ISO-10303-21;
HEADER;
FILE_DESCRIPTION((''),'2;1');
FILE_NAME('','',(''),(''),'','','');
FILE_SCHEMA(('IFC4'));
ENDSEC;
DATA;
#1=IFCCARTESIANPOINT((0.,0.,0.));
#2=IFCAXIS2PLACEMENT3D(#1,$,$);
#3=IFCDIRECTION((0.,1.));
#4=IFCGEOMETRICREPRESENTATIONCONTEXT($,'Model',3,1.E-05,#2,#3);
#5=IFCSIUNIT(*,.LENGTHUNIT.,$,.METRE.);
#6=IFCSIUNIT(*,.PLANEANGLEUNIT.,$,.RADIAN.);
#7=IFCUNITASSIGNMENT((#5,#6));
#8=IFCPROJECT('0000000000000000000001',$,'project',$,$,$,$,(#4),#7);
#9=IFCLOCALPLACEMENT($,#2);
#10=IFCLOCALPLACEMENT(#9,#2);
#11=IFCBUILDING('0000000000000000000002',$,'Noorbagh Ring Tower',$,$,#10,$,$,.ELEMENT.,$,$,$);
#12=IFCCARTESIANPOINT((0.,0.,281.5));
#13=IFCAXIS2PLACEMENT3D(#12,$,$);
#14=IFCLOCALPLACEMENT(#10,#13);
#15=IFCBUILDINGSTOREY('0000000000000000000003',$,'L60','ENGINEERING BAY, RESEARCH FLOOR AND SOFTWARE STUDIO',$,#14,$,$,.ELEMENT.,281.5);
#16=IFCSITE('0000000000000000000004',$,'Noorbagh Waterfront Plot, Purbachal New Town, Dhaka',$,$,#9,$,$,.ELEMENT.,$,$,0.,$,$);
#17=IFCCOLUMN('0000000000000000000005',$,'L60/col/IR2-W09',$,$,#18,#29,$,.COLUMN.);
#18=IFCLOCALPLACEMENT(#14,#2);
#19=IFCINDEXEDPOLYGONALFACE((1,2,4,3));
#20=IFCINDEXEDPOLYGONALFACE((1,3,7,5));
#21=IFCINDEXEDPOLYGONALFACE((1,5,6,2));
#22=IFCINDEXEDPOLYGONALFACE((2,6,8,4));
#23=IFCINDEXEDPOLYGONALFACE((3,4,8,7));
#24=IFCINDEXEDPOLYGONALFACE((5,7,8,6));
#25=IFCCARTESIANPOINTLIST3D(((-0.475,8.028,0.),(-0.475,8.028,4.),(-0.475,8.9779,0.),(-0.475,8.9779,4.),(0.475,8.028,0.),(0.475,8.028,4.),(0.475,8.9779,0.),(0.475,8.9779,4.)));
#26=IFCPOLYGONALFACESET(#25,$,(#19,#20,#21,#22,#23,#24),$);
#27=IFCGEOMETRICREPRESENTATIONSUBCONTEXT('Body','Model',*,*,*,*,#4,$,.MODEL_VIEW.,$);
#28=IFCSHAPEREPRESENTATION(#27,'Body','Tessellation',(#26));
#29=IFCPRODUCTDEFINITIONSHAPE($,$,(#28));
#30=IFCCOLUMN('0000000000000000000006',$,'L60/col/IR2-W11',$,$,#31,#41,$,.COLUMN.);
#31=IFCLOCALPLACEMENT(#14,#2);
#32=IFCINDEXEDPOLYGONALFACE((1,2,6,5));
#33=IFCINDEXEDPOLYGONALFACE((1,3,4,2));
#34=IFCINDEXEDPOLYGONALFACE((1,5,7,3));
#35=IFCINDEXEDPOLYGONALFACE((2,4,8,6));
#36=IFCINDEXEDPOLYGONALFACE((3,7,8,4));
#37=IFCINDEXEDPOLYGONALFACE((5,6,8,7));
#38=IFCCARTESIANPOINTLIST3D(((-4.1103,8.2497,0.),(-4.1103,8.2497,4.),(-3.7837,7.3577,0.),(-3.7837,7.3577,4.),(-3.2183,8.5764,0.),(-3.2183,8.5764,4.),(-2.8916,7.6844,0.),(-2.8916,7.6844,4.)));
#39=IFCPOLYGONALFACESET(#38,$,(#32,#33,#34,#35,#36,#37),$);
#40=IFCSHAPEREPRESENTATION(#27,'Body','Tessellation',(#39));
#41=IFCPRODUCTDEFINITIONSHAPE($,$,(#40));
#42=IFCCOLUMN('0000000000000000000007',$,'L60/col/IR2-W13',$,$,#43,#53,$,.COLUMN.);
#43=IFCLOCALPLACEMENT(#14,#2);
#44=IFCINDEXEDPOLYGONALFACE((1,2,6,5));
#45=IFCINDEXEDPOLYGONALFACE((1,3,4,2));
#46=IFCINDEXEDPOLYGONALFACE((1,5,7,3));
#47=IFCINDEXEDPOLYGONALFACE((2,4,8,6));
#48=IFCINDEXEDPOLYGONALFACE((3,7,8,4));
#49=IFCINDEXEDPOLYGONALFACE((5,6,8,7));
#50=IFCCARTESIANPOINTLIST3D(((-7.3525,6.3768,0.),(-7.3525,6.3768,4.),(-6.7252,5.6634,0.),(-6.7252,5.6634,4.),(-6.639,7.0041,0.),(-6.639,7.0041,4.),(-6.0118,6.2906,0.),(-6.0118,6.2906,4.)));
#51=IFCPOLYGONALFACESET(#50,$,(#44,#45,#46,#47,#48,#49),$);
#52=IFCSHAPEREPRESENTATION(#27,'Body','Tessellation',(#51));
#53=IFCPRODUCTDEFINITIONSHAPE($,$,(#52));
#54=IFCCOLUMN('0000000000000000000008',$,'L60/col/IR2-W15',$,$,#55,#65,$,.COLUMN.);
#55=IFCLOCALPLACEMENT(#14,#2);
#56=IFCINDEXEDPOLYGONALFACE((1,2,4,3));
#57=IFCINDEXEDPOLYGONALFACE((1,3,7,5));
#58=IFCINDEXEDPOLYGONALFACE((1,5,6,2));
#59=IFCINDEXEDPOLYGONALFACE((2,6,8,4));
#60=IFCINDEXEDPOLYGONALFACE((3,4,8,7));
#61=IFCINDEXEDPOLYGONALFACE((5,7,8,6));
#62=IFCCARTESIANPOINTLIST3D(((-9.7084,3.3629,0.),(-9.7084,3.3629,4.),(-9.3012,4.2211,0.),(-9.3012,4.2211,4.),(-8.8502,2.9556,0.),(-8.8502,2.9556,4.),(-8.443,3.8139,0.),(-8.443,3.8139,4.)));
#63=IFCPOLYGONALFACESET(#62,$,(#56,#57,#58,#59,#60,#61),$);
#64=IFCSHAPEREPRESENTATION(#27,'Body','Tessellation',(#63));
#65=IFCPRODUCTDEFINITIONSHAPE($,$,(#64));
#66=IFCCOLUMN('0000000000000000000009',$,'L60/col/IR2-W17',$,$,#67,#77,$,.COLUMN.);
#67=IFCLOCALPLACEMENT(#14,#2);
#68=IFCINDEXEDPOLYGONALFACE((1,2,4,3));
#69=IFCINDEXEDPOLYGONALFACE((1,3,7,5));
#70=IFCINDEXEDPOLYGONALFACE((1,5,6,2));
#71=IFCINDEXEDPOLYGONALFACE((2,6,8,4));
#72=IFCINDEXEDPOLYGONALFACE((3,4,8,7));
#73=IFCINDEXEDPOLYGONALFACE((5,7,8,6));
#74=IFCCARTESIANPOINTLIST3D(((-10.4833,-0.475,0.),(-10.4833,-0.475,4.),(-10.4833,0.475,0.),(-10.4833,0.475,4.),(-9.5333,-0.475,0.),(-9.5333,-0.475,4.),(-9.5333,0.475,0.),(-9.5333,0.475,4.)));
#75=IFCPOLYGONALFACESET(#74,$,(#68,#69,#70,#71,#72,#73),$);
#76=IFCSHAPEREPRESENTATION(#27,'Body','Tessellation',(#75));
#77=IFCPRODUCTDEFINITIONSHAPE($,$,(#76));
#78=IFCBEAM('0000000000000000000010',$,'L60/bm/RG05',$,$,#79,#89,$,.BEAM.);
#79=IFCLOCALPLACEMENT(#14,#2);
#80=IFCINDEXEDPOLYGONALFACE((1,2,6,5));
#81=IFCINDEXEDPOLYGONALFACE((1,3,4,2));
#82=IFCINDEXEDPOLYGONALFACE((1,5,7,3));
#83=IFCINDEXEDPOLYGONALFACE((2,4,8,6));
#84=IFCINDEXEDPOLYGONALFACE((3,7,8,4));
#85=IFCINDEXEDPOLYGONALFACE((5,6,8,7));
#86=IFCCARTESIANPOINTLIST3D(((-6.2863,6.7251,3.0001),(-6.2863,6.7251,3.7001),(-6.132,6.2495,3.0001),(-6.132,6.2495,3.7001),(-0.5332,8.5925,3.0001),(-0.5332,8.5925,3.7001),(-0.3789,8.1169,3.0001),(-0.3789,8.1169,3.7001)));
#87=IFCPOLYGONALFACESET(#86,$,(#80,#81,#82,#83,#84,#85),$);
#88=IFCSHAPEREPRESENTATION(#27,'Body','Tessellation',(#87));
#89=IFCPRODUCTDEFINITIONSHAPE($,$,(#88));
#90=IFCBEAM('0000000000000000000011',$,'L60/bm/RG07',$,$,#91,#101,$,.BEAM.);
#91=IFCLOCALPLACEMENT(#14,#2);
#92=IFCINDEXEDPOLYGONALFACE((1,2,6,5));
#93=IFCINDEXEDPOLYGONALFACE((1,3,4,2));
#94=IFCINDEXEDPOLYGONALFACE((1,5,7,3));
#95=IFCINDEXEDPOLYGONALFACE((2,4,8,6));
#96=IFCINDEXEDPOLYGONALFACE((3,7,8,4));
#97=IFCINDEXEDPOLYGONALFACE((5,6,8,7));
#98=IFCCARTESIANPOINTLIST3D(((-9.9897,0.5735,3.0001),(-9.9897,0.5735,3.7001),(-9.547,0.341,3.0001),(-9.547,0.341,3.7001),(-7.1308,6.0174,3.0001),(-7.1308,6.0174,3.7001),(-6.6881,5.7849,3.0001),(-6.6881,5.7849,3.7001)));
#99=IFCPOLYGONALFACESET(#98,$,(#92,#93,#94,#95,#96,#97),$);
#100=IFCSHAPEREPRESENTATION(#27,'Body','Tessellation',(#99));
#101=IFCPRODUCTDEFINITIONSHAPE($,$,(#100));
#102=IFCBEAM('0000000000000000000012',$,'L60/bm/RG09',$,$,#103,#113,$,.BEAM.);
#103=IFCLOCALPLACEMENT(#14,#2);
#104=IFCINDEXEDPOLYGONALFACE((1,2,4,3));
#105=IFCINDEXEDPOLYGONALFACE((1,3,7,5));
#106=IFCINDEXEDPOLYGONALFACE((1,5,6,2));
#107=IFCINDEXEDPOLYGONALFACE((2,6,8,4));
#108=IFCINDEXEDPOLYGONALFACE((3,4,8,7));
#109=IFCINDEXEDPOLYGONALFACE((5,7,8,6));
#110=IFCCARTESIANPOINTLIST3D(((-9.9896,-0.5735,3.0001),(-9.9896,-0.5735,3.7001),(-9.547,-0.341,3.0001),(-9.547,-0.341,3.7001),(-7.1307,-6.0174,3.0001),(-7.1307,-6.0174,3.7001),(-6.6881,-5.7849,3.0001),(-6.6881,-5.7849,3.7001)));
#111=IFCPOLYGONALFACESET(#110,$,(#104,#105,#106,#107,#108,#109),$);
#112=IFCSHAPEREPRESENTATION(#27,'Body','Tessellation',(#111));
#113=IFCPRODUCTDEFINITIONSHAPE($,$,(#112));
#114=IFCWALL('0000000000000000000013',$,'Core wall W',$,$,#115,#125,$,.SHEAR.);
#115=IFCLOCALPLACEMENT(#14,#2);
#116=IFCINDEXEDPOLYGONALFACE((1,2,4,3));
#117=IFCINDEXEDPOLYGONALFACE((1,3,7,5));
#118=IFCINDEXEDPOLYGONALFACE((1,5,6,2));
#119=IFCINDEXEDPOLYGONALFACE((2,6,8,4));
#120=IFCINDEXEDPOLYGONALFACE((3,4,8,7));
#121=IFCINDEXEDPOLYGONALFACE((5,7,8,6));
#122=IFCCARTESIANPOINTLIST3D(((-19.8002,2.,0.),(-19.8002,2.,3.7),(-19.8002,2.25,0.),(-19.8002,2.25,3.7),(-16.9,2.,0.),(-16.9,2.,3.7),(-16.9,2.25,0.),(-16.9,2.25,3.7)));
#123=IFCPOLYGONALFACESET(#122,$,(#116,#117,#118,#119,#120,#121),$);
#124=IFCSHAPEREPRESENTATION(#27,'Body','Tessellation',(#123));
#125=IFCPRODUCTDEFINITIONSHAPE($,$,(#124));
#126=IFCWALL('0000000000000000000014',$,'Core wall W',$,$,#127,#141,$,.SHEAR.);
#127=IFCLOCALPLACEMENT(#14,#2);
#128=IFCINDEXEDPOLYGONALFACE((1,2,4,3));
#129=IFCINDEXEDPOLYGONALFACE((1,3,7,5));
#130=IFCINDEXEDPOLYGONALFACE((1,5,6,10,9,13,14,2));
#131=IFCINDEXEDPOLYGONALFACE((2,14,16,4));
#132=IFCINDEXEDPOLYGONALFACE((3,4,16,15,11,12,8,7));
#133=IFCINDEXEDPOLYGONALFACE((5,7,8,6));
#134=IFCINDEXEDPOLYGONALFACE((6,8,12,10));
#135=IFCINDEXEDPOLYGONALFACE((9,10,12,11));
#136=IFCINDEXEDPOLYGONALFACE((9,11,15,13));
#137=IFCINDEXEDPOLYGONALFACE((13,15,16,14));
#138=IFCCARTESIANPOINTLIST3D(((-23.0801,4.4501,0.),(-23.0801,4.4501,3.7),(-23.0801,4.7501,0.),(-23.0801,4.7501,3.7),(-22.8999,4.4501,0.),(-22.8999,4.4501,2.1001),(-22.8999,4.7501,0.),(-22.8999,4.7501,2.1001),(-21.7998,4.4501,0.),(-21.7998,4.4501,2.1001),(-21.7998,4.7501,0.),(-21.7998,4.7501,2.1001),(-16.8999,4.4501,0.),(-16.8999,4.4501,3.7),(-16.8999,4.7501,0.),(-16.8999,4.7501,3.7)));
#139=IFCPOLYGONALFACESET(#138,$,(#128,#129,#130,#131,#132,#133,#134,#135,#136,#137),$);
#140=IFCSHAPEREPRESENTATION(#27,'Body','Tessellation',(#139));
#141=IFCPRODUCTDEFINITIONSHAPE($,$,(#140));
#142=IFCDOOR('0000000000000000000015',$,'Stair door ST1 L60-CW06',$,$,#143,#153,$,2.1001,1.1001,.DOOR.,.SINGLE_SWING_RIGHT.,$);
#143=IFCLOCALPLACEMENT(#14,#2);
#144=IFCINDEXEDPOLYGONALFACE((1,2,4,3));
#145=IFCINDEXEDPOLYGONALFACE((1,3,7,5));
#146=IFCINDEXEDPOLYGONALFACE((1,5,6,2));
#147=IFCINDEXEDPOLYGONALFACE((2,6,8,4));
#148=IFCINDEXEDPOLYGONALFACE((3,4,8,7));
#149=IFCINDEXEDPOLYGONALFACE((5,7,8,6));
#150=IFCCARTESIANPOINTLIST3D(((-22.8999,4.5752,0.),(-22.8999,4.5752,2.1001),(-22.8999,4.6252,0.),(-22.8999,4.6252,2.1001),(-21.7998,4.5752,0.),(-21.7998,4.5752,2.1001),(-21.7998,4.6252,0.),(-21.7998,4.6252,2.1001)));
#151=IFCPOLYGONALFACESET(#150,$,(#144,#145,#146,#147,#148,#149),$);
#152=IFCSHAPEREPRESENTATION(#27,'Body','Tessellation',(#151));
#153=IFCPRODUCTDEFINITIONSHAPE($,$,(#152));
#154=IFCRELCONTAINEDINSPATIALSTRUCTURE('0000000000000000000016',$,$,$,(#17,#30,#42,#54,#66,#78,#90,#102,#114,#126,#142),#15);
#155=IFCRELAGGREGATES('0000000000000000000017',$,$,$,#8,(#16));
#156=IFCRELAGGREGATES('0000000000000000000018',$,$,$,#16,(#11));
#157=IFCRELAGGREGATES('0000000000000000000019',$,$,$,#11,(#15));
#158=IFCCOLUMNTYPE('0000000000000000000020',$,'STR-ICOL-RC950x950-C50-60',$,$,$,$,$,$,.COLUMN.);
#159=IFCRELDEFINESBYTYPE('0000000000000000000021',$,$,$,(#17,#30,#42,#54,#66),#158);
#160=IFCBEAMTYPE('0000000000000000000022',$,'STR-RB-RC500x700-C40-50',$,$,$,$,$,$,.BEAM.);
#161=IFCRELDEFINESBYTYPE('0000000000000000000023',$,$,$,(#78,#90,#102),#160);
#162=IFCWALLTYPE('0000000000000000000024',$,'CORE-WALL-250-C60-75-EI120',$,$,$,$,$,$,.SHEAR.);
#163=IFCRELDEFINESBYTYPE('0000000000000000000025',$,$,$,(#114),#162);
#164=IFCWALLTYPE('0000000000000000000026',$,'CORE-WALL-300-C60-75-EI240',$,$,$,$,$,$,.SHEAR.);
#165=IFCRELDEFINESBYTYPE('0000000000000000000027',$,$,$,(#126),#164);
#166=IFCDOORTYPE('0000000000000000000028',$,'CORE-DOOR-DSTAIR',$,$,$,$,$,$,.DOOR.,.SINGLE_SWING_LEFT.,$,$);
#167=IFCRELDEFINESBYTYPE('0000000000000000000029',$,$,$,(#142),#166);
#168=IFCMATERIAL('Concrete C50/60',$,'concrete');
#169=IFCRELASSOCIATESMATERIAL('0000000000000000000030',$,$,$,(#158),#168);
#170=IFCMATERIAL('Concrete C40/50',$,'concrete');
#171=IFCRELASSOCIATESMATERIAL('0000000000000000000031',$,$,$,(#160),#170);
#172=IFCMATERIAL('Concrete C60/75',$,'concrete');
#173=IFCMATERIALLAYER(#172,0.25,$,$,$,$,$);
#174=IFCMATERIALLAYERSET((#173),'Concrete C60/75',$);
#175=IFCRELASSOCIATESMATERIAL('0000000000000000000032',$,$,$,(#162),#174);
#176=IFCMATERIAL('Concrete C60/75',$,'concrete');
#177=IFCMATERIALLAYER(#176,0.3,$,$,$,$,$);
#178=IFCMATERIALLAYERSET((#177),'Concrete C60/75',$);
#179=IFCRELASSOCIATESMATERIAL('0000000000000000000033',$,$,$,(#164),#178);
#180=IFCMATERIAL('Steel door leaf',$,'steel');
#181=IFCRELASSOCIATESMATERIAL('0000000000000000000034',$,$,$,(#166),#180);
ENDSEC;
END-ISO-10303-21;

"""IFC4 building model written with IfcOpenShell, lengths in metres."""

from ifc_helpers import new_model, si_unit, direction, frame, frame_2d, origin, origin_2d, place, context, subcontext, project, spatial, rectangle, extrude, material, layer, layer_set, material_profile, profile_set, type_object, element, fill, save


model = new_model("IFC4")

# Units and contexts
model_context = context("Model", 3, precision=1e-05, world=origin(), true_north=direction((0.0, 1.0)))
body_context = subcontext(model_context, "Body", "Model", "MODEL_VIEW")
ifc_project = project(units=[si_unit("LENGTHUNIT", "METRE"), si_unit("PLANEANGLEUNIT", "RADIAN")], contexts=[model_context])

# Site, building, storey
site_placement = place(None, origin())
site = spatial("IfcSite", under=ifc_project, at=site_placement, Name="Noorbagh Waterfront Plot, Purbachal New Town, Dhaka", CompositionType="ELEMENT", RefElevation=0.0)
building_placement = place(site_placement, origin())
building = spatial("IfcBuilding", under=site, at=building_placement, Name="Noorbagh Ring Tower", CompositionType="ELEMENT")
storey_placement = place(building_placement, frame((0.0, 0.0, 281.5)))
storey = spatial("IfcBuildingStorey", under=building, at=storey_placement, Name="L60", Description="ENGINEERING BAY, RESEARCH FLOOR AND SOFTWARE STUDIO", CompositionType="ELEMENT", Elevation=281.5)

# Columns
ifc_material_1 = material(Name="Concrete C50/60", Category="concrete")
ifc_material_profile_1 = material_profile(ifc_material_1, rectangle(XDim=0.95, YDim=0.95, at=origin_2d()), Name="RC950x950")
ifc_profile_set_1 = profile_set([ifc_material_profile_1], Name="Concrete C50/60")
column_type = type_object("IfcColumnType", Name="STR-ICOL-RC950x950-C50-60", PredefinedType="COLUMN", material=ifc_profile_set_1)
for number, where, z_axis, x_axis, name in (
    (1, (0.0, 8.5029, 0.0), (0.0, 0.0, 1.0), (-1.0, 0.0, 0.0), "L60/col/IR2-W09"),
    (2, (-3.501, 7.967, 0.0), (0.0, 0.0, 1.0), (-0.93902, -0.343864, 0.0), "L60/col/IR2-W11"),
    (3, (-6.6821, 6.3337, 0.0), (0.0, 0.0, 1.0), (-0.751022, -0.660277, 0.0), "L60/col/IR2-W13"),
    (4, (-9.0757, 3.5884, 0.0), (0.0, 0.0, 1.0), (-0.428667, -0.903463, 0.0), "L60/col/IR2-W15"),
    (5, (-10.0083, 0.0, 0.0), (0.0, 0.0, 1.0), (0.0, -1.0, 0.0), "L60/col/IR2-W17"),
):
    element("IfcColumn", number, at=place(storey_placement, frame(where, z_axis=z_axis, x_axis=x_axis)), inside=storey, type_object=column_type, Name=name, PredefinedType="COLUMN", context=body_context, shape_type="SweptSolid", body=[
        extrude(rectangle(XDim=0.95, YDim=0.95, at=origin_2d()), origin(), (0.0, 0.0, 1.0), 4.0),
    ])

# Beams
ifc_material_2 = material(Name="Concrete C40/50", Category="concrete")
ifc_material_profile_2 = material_profile(ifc_material_2, rectangle(XDim=0.5, YDim=0.7, at=origin_2d()), Name="RC500x700")
ifc_profile_set_2 = profile_set([ifc_material_profile_2], Name="Concrete C40/50")
beam_type = type_object("IfcBeamType", Name="STR-RB-RC500x700-C40-50", PredefinedType="BEAM", material=ifc_profile_set_2)
beam_placement = place(storey_placement, frame((-0.4561, 8.3547, 3.3501), z_axis=(-0.951148, -0.308735, 0.0), x_axis=(0.308735, -0.951148, 0.0)))
element("IfcBeam", 6, at=beam_placement, inside=storey, type_object=beam_type, Name="L60/bm/RG05", PredefinedType="BEAM", context=body_context, shape_type="SweptSolid", body=[
    extrude(rectangle(XDim=0.5, YDim=0.7, at=origin_2d()), origin(), (0.0, 0.0, 1.0), 6.0486),
])
for number, where, z_axis, x_axis, name in (
    (7, (-6.9094, 5.9011, 3.3501), (-0.464944, -0.88534, 0.0), (0.88534, -0.464944, 0.0), "L60/bm/RG07"),
    (8, (-9.7683, -0.4573, 3.3501), (0.464944, -0.88534, 0.0), (0.88534, 0.464944, 0.0), "L60/bm/RG09"),
):
    element("IfcBeam", number, at=place(storey_placement, frame(where, z_axis=z_axis, x_axis=x_axis)), inside=storey, type_object=beam_type, Name=name, PredefinedType="BEAM", context=body_context, shape_type="SweptSolid", body=[
        extrude(rectangle(XDim=0.5, YDim=0.7, at=origin_2d()), origin(), (0.0, 0.0, 1.0), 6.1489),
    ])

# Wall
ifc_material_3 = material(Name="Concrete C60/75", Category="concrete")
ifc_layer_1 = layer(ifc_material_3, 0.25)
ifc_layer_set_1 = layer_set([ifc_layer_1], Name="Concrete C60/75")
wall_type_1 = type_object("IfcWallType", Name="CORE-WALL-250-C60-75-EI120", PredefinedType="SHEAR", material=ifc_layer_set_1)
wall_1_placement = place(storey_placement, frame((-16.8999, 2.125, 0.0), z_axis=(0.0, 0.0, 1.0), x_axis=(-1.0, 0.0, 0.0)))
element("IfcWall", 9, at=wall_1_placement, inside=storey, type_object=wall_type_1, Name="Core wall W", PredefinedType="SHEAR", context=body_context, shape_type="SweptSolid", body=[
    extrude(rectangle(XDim=2.9001, YDim=0.25, at=frame_2d((1.4502, 0.0))), origin(), (0.0, 0.0, 1.0), 3.7),
])

# Wall, opening, door
ifc_material_4 = material(Name="Concrete C60/75", Category="concrete")
ifc_layer_2 = layer(ifc_material_4, 0.3)
ifc_layer_set_2 = layer_set([ifc_layer_2], Name="Concrete C60/75")
wall_type_2 = type_object("IfcWallType", Name="CORE-WALL-300-C60-75-EI240", PredefinedType="SHEAR", material=ifc_layer_set_2)
wall_2_placement = place(storey_placement, frame((-16.8999, 4.6001, 0.0), z_axis=(0.0, 0.0, 1.0), x_axis=(-1.0, 0.0, 0.0)))
wall_2 = element("IfcWall", 10, at=wall_2_placement, inside=storey, type_object=wall_type_2, Name="Core wall W", PredefinedType="SHEAR", context=body_context, shape_type="SweptSolid", body=[
    extrude(rectangle(XDim=6.1802, YDim=0.3, at=frame_2d((3.0901, 0.0))), origin(), (0.0, 0.0, 1.0), 3.7),
])
opening_1_placement = place(wall_2_placement, frame((4.8999, 0.0, 0.0)))
opening_1 = element("IfcOpeningElement", 11, at=opening_1_placement, cuts=wall_2, PredefinedType="OPENING", context=body_context, shape_type="SweptSolid", body=[
    extrude(rectangle(XDim=1.1001, YDim=2.1001, at=frame_2d((0.55, 1.05))), frame((0.0, 0.1602, 0.0), z_axis=(0.0, -1.0, 0.0), x_axis=(1.0, 0.0, 0.0)), (0.0, 0.0, 1.0), 0.3201),
])
ifc_material_5 = material(Name="Steel door leaf", Category="steel")
door_type_1 = type_object("IfcDoorType", Name="CORE-DOOR-DSTAIR", OperationType="SINGLE_SWING_LEFT", PredefinedType="DOOR", material=ifc_material_5)
door_1_placement = place(opening_1_placement, origin())
door_1 = element("IfcDoor", 12, at=door_1_placement, inside=storey, type_object=door_type_1, Name="Stair door ST1 L60-CW06", OperationType="SINGLE_SWING_RIGHT", OverallHeight=2.1001, OverallWidth=1.1001, PredefinedType="DOOR", context=body_context, shape_type="SweptSolid", body=[
    extrude(rectangle(XDim=1.1001, YDim=2.1001, at=frame_2d((0.55, 1.05))), frame((0.0, 0.0249, 0.0), z_axis=(0.0, -1.0, 0.0), x_axis=(1.0, 0.0, 0.0)), (0.0, 0.0, 1.0), 0.05),
])
fill(opening_1, door_1)

save(model, "model.ifc")
